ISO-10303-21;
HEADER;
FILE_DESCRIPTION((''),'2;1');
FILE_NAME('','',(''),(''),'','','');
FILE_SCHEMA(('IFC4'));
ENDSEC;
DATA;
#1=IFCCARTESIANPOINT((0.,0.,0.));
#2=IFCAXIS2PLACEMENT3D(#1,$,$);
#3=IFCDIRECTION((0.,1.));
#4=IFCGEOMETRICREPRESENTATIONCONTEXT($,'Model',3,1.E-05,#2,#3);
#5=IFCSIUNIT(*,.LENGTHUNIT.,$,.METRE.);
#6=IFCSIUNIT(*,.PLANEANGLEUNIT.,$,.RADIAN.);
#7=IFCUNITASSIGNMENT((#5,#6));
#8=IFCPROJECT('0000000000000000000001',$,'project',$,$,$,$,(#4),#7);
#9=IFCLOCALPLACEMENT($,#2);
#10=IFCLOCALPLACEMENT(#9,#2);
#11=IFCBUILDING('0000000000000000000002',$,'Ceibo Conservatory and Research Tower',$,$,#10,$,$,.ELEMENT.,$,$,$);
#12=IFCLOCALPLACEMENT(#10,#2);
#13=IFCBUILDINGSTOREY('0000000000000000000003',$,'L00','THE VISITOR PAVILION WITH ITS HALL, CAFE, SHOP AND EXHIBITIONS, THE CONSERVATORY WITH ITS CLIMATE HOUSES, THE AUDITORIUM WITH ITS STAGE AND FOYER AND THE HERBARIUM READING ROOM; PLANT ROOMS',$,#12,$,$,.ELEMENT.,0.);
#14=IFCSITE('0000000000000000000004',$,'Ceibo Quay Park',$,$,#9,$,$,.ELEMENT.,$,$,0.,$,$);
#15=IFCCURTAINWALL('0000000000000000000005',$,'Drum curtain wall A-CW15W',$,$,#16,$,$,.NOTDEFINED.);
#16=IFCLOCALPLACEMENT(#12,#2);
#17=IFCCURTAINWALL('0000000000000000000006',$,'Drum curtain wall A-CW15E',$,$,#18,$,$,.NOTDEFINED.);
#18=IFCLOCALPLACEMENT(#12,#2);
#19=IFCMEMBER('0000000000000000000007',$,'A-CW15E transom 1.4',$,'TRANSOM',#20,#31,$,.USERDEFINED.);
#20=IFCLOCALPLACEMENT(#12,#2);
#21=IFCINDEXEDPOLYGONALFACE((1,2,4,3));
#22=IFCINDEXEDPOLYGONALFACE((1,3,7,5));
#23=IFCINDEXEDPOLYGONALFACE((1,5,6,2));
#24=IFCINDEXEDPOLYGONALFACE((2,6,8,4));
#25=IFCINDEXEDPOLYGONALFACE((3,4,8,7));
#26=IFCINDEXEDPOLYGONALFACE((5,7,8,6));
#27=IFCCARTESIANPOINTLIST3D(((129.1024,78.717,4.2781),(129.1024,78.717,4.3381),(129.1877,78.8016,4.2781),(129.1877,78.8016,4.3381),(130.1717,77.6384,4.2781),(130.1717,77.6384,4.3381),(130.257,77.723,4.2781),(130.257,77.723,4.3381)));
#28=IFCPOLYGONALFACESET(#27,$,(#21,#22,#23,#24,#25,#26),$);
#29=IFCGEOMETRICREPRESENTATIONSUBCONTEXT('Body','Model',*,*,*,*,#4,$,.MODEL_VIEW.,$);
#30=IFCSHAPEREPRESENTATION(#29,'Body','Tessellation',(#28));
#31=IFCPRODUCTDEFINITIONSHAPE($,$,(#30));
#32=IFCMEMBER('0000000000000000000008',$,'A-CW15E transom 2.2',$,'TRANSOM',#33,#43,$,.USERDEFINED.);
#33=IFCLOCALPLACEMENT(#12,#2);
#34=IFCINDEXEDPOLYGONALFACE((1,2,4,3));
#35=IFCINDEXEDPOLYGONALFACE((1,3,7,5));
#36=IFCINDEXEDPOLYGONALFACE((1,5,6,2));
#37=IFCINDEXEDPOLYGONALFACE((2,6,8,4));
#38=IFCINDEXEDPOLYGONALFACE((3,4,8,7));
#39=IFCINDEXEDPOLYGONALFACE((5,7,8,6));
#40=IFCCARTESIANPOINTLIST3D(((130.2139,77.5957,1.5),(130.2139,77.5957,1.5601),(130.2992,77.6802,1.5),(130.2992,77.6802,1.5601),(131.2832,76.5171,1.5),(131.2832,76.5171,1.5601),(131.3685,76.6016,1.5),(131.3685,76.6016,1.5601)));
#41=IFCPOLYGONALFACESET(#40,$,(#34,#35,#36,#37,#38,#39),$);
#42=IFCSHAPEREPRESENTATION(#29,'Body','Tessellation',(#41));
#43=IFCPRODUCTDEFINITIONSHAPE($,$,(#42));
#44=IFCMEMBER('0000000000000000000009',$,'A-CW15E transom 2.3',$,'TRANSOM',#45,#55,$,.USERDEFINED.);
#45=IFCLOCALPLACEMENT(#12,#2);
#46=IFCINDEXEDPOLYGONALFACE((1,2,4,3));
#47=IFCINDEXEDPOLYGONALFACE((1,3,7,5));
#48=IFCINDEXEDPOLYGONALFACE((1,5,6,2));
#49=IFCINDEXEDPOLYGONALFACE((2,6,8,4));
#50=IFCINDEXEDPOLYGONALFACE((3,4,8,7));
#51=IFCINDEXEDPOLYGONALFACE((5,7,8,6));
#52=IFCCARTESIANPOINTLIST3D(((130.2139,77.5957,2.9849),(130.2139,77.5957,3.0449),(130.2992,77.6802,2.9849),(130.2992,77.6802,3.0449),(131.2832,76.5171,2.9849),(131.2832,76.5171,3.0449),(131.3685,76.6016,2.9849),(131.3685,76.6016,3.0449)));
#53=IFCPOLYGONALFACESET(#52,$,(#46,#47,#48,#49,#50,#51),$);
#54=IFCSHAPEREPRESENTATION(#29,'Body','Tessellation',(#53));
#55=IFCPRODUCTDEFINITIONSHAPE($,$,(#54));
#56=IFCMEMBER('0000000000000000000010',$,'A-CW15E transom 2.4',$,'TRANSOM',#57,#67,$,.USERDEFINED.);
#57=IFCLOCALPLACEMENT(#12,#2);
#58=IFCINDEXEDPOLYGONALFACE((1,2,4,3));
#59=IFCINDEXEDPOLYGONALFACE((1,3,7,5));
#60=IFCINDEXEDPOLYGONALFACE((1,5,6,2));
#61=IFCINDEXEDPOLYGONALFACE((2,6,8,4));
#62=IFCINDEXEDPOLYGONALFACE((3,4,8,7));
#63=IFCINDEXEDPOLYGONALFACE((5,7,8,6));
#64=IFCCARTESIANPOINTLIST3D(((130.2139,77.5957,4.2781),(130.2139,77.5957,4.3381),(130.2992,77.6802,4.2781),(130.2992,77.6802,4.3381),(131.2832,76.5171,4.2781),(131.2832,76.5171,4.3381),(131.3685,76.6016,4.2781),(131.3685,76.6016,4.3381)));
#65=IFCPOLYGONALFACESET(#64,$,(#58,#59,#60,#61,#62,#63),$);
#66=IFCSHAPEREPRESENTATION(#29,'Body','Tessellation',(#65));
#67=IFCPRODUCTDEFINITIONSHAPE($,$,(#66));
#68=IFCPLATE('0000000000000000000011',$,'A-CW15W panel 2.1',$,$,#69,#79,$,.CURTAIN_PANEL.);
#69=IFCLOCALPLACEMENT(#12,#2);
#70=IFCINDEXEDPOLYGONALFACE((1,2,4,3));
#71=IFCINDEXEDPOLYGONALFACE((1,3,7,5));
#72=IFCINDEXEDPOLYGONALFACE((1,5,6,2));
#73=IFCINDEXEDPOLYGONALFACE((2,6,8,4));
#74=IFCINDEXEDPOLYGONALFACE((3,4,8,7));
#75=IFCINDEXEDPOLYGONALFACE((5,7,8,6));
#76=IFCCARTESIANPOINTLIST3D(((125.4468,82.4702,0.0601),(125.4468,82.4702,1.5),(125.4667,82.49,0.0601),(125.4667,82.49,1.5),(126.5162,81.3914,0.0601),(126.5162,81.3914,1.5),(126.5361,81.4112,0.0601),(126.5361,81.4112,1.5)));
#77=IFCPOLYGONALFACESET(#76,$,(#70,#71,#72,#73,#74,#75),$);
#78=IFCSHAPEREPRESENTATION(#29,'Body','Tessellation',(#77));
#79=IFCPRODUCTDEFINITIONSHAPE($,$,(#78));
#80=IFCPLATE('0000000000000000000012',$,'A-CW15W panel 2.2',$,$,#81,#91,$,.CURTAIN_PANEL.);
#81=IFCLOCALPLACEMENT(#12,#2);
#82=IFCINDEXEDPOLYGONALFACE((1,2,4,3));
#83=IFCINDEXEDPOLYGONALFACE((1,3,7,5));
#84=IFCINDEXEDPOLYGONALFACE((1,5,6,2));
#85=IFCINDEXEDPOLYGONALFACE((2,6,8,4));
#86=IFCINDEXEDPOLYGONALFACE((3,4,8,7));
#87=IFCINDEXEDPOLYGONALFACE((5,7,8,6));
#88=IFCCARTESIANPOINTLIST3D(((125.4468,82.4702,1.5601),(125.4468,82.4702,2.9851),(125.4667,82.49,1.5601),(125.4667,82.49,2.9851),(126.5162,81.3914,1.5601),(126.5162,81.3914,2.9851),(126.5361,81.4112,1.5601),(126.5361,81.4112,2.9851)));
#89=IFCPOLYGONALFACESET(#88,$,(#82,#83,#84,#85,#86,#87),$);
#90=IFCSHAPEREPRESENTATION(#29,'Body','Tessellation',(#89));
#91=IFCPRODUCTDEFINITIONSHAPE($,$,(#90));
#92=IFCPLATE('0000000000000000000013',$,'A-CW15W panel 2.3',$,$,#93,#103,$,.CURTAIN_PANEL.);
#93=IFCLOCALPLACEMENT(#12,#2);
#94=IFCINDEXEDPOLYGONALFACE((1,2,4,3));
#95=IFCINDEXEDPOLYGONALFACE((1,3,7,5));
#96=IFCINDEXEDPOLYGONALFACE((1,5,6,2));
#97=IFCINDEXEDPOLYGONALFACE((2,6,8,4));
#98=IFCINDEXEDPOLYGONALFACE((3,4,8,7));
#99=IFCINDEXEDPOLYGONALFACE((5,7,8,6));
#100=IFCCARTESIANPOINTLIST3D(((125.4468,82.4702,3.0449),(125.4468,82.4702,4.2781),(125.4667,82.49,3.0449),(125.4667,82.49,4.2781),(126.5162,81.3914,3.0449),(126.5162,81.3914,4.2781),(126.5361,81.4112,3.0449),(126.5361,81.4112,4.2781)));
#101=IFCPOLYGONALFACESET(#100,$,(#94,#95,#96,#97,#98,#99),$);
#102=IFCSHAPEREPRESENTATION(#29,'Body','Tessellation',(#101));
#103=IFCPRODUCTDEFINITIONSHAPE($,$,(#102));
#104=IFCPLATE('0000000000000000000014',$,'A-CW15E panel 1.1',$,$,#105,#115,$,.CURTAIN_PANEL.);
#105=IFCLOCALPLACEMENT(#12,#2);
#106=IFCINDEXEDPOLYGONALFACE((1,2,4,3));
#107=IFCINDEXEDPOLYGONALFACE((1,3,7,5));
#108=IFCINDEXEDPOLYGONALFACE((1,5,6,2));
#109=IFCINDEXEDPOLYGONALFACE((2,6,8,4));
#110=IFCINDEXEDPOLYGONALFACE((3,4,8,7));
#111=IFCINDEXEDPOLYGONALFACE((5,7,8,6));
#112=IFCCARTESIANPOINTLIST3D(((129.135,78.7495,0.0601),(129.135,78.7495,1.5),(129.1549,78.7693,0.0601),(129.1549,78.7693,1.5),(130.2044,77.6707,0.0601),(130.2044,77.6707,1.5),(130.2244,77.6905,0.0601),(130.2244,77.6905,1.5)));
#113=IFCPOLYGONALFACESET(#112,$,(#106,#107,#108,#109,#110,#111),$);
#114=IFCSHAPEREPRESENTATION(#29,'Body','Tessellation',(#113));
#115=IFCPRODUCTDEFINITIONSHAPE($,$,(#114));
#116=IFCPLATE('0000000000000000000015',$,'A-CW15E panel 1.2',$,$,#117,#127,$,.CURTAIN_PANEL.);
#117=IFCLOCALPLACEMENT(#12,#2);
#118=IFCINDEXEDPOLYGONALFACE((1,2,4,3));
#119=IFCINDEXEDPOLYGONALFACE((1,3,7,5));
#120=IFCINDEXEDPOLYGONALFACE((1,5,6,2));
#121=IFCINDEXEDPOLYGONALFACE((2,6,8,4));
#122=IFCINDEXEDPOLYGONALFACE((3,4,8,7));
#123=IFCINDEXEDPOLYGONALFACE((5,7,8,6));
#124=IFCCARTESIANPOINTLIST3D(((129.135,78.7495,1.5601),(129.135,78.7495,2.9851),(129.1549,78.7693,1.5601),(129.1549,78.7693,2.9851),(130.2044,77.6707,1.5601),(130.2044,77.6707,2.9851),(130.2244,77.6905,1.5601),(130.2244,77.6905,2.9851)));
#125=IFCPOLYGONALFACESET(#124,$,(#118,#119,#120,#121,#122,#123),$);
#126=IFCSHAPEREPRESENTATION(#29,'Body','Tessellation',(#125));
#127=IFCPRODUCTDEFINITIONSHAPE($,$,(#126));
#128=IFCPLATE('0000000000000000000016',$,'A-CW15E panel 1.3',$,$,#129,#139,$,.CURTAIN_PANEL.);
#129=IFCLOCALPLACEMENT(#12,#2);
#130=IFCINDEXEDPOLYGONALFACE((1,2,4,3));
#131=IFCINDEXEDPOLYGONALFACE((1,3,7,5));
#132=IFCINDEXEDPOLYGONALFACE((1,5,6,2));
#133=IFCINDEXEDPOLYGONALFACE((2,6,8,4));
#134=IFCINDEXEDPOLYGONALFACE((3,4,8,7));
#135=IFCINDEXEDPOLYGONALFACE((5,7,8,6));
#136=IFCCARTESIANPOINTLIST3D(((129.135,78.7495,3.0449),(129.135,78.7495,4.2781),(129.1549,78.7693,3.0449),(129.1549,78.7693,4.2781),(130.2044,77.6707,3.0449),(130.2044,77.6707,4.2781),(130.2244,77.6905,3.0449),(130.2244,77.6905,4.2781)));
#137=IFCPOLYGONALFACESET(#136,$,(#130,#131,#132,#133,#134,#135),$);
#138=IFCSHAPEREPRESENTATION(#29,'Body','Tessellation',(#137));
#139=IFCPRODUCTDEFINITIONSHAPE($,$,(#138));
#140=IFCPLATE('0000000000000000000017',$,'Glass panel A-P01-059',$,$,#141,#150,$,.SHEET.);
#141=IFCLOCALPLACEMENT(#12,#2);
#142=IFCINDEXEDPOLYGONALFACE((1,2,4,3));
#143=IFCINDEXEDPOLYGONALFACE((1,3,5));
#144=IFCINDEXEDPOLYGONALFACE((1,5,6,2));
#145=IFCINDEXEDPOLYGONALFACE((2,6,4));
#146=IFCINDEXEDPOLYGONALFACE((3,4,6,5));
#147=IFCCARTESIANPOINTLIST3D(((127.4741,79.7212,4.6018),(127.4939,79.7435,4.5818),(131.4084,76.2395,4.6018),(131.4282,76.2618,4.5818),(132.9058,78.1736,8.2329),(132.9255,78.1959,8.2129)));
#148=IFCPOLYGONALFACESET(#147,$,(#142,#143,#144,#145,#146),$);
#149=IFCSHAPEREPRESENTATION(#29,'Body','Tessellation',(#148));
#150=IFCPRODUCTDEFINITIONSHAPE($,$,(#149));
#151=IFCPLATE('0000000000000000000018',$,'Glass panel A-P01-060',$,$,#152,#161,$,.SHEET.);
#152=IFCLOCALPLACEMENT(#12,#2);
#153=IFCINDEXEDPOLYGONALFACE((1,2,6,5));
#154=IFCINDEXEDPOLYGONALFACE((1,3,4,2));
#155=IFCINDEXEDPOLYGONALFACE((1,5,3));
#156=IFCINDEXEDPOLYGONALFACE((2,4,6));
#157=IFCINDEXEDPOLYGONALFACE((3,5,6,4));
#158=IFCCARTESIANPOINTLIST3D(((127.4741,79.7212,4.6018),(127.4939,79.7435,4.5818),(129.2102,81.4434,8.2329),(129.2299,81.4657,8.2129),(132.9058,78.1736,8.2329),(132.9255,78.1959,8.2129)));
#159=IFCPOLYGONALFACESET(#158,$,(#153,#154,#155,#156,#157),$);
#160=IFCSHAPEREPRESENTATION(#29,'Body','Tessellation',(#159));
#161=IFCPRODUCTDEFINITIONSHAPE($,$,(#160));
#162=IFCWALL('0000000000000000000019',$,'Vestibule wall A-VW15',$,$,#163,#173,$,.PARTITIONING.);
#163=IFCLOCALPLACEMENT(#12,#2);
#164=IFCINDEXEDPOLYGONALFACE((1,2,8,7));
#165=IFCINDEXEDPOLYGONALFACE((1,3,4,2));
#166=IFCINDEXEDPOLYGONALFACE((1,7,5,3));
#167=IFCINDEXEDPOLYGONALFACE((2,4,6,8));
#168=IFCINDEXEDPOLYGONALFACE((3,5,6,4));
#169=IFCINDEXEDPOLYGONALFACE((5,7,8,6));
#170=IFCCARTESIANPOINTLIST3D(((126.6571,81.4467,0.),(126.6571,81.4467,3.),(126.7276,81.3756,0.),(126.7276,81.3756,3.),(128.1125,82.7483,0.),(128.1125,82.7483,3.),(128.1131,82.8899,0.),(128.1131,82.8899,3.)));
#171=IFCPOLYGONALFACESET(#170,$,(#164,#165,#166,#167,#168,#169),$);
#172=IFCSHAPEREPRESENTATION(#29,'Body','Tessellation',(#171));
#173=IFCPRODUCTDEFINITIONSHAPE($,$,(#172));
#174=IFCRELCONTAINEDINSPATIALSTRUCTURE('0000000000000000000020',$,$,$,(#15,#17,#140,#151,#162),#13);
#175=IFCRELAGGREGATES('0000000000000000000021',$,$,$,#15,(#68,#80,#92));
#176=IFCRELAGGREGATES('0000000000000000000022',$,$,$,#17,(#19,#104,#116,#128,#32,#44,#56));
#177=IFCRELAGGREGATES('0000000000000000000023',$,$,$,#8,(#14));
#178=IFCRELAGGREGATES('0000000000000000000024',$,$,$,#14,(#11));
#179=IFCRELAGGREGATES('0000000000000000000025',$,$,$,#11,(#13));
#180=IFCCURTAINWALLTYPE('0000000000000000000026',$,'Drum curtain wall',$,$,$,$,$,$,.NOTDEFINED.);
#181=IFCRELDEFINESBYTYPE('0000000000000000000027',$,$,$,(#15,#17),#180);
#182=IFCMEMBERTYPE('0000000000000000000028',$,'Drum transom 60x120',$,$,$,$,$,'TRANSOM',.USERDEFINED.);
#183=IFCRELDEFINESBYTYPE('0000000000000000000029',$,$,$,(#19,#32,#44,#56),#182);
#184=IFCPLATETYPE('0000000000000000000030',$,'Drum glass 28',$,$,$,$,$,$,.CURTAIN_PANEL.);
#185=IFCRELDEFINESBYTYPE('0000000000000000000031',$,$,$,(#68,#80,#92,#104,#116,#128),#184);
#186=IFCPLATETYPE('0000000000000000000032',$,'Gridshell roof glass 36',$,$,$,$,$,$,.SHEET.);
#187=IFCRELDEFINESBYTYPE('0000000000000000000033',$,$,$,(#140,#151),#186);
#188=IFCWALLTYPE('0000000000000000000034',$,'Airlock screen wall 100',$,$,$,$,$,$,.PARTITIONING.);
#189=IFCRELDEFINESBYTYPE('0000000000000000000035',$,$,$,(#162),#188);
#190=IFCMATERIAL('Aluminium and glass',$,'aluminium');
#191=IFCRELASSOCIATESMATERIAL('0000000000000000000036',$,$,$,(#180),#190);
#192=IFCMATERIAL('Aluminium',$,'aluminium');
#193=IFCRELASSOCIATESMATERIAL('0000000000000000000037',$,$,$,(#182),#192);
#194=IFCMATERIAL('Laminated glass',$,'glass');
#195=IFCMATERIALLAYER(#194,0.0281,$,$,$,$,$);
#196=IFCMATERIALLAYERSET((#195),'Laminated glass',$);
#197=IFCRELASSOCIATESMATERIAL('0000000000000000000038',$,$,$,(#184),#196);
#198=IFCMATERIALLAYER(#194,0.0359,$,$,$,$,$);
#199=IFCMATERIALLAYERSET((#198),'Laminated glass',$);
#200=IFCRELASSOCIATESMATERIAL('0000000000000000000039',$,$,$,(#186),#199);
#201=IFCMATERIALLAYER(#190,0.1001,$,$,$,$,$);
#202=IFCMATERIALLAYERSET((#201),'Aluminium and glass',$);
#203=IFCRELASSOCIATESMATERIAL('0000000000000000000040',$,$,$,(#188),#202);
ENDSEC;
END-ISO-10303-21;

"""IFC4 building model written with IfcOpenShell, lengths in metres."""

from ifc_helpers import new_model, si_unit, direction, frame, origin, origin_2d, place, context, subcontext, project, spatial, polyline, rectangle, outline, extrude, material, layer, layer_set, material_profile, profile_set, type_object, element, aggregate, save


model = new_model("IFC4")

# Units and contexts
model_context = context("Model", 3, precision=1e-05, world=origin(), true_north=direction((0.0, 1.0)))
body_context = subcontext(model_context, "Body", "Model", "MODEL_VIEW")
ifc_project = project(units=[si_unit("LENGTHUNIT", "METRE"), si_unit("PLANEANGLEUNIT", "RADIAN")], contexts=[model_context])

# Site, building, storey
site_placement = place(None, origin())
site = spatial("IfcSite", under=ifc_project, at=site_placement, Name="Ceibo Quay Park", CompositionType="ELEMENT", RefElevation=0.0)
building_placement = place(site_placement, origin())
building = spatial("IfcBuilding", under=site, at=building_placement, Name="Ceibo Conservatory and Research Tower", CompositionType="ELEMENT")
storey_placement = place(building_placement, origin())
storey = spatial("IfcBuildingStorey", under=building, at=storey_placement, Name="L00", Description="THE VISITOR PAVILION WITH ITS HALL, CAFE, SHOP AND EXHIBITIONS, THE CONSERVATORY WITH ITS CLIMATE HOUSES, THE AUDITORIUM WITH ITS STAGE AND FOYER AND THE HERBARIUM READING ROOM; PLANT ROOMS", CompositionType="ELEMENT", Elevation=0.0)

# Curtain wall
ifc_material_1 = material(Name="Aluminium and glass", Category="aluminium")
curtain_wall_type = type_object("IfcCurtainWallType", Name="Drum curtain wall", PredefinedType="NOTDEFINED", material=ifc_material_1)
curtain_wall_1_placement = place(storey_placement, origin())
curtain_wall_1 = element("IfcCurtainWall", 1, at=curtain_wall_1_placement, inside=storey, type_object=curtain_wall_type, Name="Drum curtain wall A-CW15W", PredefinedType="NOTDEFINED")
ifc_material_2 = material(Name="Aluminium", Category="aluminium")

# Curtain wall, members
curtain_wall_2_placement = place(storey_placement, origin())
curtain_wall_2 = element("IfcCurtainWall", 2, at=curtain_wall_2_placement, inside=storey, type_object=curtain_wall_type, Name="Drum curtain wall A-CW15E", PredefinedType="NOTDEFINED")
ifc_material_profile_1 = material_profile(ifc_material_2, rectangle(XDim=0.1201, YDim=0.0601, at=origin_2d()), Name="AL 60x120")
ifc_profile_set_1 = profile_set([ifc_material_profile_1], Name="Aluminium")
member_type_1 = type_object("IfcMemberType", Name="Drum transom 60x120", ElementType="TRANSOM", PredefinedType="USERDEFINED", material=ifc_profile_set_1)
member_1_placement = place(storey_placement, frame((129.145, 78.7593, 4.3081), z_axis=(0.704046, -0.710154, 0.0), x_axis=(0.710154, 0.704046, 0.0)))
member_1 = element("IfcMember", 3, at=member_1_placement, type_object=member_type_1, Name="A-CW15E transom 1.4", ObjectType="TRANSOM", PredefinedType="USERDEFINED", context=body_context, shape_type="SweptSolid", body=[
    extrude(rectangle(XDim=0.1201, YDim=0.0601, at=origin_2d()), origin(), (0.0, 0.0, 1.0), 1.5188),
])
member_2_placement = place(storey_placement, frame((130.2566, 77.6379, 1.53), z_axis=(0.704046, -0.710154, 0.0), x_axis=(0.710154, 0.704046, 0.0)))
member_2 = element("IfcMember", 4, at=member_2_placement, type_object=member_type_1, Name="A-CW15E transom 2.2", ObjectType="TRANSOM", PredefinedType="USERDEFINED", context=body_context, shape_type="SweptSolid", body=[
    extrude(rectangle(XDim=0.1201, YDim=0.0601, at=origin_2d()), origin(), (0.0, 0.0, 1.0), 1.5188),
])
member_3_placement = place(storey_placement, frame((130.2566, 77.6379, 3.0149), z_axis=(0.704046, -0.710154, 0.0), x_axis=(0.710154, 0.704046, 0.0)))
member_3 = element("IfcMember", 5, at=member_3_placement, type_object=member_type_1, Name="A-CW15E transom 2.3", ObjectType="TRANSOM", PredefinedType="USERDEFINED", context=body_context, shape_type="SweptSolid", body=[
    extrude(rectangle(XDim=0.1201, YDim=0.0601, at=origin_2d()), origin(), (0.0, 0.0, 1.0), 1.5188),
])
member_4_placement = place(storey_placement, frame((130.2566, 77.6379, 4.3081), z_axis=(0.704046, -0.710154, 0.0), x_axis=(0.710154, 0.704046, 0.0)))
member_4 = element("IfcMember", 6, at=member_4_placement, type_object=member_type_1, Name="A-CW15E transom 2.4", ObjectType="TRANSOM", PredefinedType="USERDEFINED", context=body_context, shape_type="SweptSolid", body=[
    extrude(rectangle(XDim=0.1201, YDim=0.0601, at=origin_2d()), origin(), (0.0, 0.0, 1.0), 1.5188),
])

# Plates
ifc_material_3 = material(Name="Laminated glass", Category="glass")
ifc_layer_1 = layer(ifc_material_3, 0.0281)
ifc_layer_set_1 = layer_set([ifc_layer_1], Name="Laminated glass")
plate_type_1 = type_object("IfcPlateType", Name="Drum glass 28", PredefinedType="CURTAIN_PANEL", material=ifc_layer_set_1)
plate_1_placement = place(storey_placement, frame((125.9915, 81.9407, 0.0601), z_axis=(0.0, 0.0, 1.0), x_axis=(0.704015, -0.710185, 0.0)))
plate_1 = element("IfcPlate", 7, at=plate_1_placement, type_object=plate_type_1, Name="A-CW15W panel 2.1", PredefinedType="CURTAIN_PANEL", context=body_context, shape_type="SweptSolid", body=[
    extrude(rectangle(XDim=1.519, YDim=0.0281, at=origin_2d()), origin(), (0.0, 0.0, 1.0), 1.4399),
])
plate_2_placement = place(storey_placement, frame((125.9915, 81.9407, 1.5601), z_axis=(0.0, 0.0, 1.0), x_axis=(0.704015, -0.710185, 0.0)))
plate_2 = element("IfcPlate", 8, at=plate_2_placement, type_object=plate_type_1, Name="A-CW15W panel 2.2", PredefinedType="CURTAIN_PANEL", context=body_context, shape_type="SweptSolid", body=[
    extrude(rectangle(XDim=1.519, YDim=0.0281, at=origin_2d()), origin(), (0.0, 0.0, 1.0), 1.425),
])
plate_3_placement = place(storey_placement, frame((125.9915, 81.9407, 3.0449), z_axis=(0.0, 0.0, 1.0), x_axis=(0.704015, -0.710185, 0.0)))
plate_3 = element("IfcPlate", 9, at=plate_3_placement, type_object=plate_type_1, Name="A-CW15W panel 2.3", PredefinedType="CURTAIN_PANEL", context=body_context, shape_type="SweptSolid", body=[
    extrude(rectangle(XDim=1.519, YDim=0.0281, at=origin_2d()), origin(), (0.0, 0.0, 1.0), 1.2332),
])
aggregate(curtain_wall_1, [plate_1, plate_2, plate_3])
plate_4_placement = place(storey_placement, frame((129.6797, 78.22, 0.0601), z_axis=(0.0, 0.0, 1.0), x_axis=(0.704015, -0.710185, 0.0)))
plate_4 = element("IfcPlate", 10, at=plate_4_placement, type_object=plate_type_1, Name="A-CW15E panel 1.1", PredefinedType="CURTAIN_PANEL", context=body_context, shape_type="SweptSolid", body=[
    extrude(rectangle(XDim=1.519, YDim=0.0281, at=origin_2d()), origin(), (0.0, 0.0, 1.0), 1.4399),
])
plate_5_placement = place(storey_placement, frame((129.6797, 78.22, 1.5601), z_axis=(0.0, 0.0, 1.0), x_axis=(0.704015, -0.710185, 0.0)))
plate_5 = element("IfcPlate", 11, at=plate_5_placement, type_object=plate_type_1, Name="A-CW15E panel 1.2", PredefinedType="CURTAIN_PANEL", context=body_context, shape_type="SweptSolid", body=[
    extrude(rectangle(XDim=1.519, YDim=0.0281, at=origin_2d()), origin(), (0.0, 0.0, 1.0), 1.425),
])
plate_6_placement = place(storey_placement, frame((129.6797, 78.22, 3.0449), z_axis=(0.0, 0.0, 1.0), x_axis=(0.704015, -0.710185, 0.0)))
plate_6 = element("IfcPlate", 12, at=plate_6_placement, type_object=plate_type_1, Name="A-CW15E panel 1.3", PredefinedType="CURTAIN_PANEL", context=body_context, shape_type="SweptSolid", body=[
    extrude(rectangle(XDim=1.519, YDim=0.0281, at=origin_2d()), origin(), (0.0, 0.0, 1.0), 1.2332),
])
aggregate(curtain_wall_2, [member_1, plate_4, plate_5, plate_6, member_2, member_3, member_4])

# Plates
ifc_layer_2 = layer(ifc_material_3, 0.0359)
ifc_layer_set_2 = layer_set([ifc_layer_2], Name="Laminated glass")
plate_type_2 = type_object("IfcPlateType", Name="Gridshell roof glass 36", PredefinedType="SHEET", material=ifc_layer_set_2)
plate_7_placement = place(storey_placement, frame((127.4741, 79.7212, 4.6018), z_axis=(-0.550015, -0.621519, 0.557851), x_axis=(0.748871, -0.662715, 0.0)))
element("IfcPlate", 13, at=plate_7_placement, inside=storey, type_object=plate_type_2, Name="Glass panel A-P01-059", PredefinedType="SHEET", context=body_context, shape_type="SweptSolid", body=[
    extrude(outline(polyline([(0.0, 0.0), (5.2537, 0.0), (5.0932, 4.3751), (0.0, 0.0)])), origin(), (0.0, 0.0, -1.0), 0.0359),
])
plate_8_placement = place(storey_placement, frame((127.4741, 79.7212, 4.6018), z_axis=(-0.54999, -0.621608, 0.557776), x_axis=(0.808958, -0.230492, 0.540796)))
element("IfcPlate", 14, at=plate_8_placement, inside=storey, type_object=plate_type_2, Name="Glass panel A-P01-060", PredefinedType="SHEET", context=body_context, shape_type="SweptSolid", body=[
    extrude(outline(polyline([(0.0, 0.0), (6.7144, 0.0), (2.9712, 3.2151), (0.0, 0.0)])), origin(), (0.0, 0.0, -1.0), 0.0359),
])

# Wall
ifc_layer_3 = layer(ifc_material_1, 0.1001)
ifc_layer_set_3 = layer_set([ifc_layer_3], Name="Aluminium and glass")
wall_type_1 = type_object("IfcWallType", Name="Airlock screen wall 100", PredefinedType="PARTITIONING", material=ifc_layer_set_3)
wall_1_placement = place(storey_placement, frame((126.6924, 81.4111, 0.0), z_axis=(0.0, 0.0, 1.0), x_axis=(0.710213, 0.703987, 0.0)))
element("IfcWall", 15, at=wall_1_placement, inside=storey, type_object=wall_type_1, Name="Vestibule wall A-VW15", PredefinedType="PARTITIONING", context=body_context, shape_type="SweptSolid", body=[
    extrude(outline(polyline([(0.0, -0.05), (1.95, -0.05), (2.05, 0.05), (0.0, 0.05), (0.0, -0.05)])), origin(), (0.0, 0.0, 1.0), 3.0),
])

save(model, "model.ifc")
